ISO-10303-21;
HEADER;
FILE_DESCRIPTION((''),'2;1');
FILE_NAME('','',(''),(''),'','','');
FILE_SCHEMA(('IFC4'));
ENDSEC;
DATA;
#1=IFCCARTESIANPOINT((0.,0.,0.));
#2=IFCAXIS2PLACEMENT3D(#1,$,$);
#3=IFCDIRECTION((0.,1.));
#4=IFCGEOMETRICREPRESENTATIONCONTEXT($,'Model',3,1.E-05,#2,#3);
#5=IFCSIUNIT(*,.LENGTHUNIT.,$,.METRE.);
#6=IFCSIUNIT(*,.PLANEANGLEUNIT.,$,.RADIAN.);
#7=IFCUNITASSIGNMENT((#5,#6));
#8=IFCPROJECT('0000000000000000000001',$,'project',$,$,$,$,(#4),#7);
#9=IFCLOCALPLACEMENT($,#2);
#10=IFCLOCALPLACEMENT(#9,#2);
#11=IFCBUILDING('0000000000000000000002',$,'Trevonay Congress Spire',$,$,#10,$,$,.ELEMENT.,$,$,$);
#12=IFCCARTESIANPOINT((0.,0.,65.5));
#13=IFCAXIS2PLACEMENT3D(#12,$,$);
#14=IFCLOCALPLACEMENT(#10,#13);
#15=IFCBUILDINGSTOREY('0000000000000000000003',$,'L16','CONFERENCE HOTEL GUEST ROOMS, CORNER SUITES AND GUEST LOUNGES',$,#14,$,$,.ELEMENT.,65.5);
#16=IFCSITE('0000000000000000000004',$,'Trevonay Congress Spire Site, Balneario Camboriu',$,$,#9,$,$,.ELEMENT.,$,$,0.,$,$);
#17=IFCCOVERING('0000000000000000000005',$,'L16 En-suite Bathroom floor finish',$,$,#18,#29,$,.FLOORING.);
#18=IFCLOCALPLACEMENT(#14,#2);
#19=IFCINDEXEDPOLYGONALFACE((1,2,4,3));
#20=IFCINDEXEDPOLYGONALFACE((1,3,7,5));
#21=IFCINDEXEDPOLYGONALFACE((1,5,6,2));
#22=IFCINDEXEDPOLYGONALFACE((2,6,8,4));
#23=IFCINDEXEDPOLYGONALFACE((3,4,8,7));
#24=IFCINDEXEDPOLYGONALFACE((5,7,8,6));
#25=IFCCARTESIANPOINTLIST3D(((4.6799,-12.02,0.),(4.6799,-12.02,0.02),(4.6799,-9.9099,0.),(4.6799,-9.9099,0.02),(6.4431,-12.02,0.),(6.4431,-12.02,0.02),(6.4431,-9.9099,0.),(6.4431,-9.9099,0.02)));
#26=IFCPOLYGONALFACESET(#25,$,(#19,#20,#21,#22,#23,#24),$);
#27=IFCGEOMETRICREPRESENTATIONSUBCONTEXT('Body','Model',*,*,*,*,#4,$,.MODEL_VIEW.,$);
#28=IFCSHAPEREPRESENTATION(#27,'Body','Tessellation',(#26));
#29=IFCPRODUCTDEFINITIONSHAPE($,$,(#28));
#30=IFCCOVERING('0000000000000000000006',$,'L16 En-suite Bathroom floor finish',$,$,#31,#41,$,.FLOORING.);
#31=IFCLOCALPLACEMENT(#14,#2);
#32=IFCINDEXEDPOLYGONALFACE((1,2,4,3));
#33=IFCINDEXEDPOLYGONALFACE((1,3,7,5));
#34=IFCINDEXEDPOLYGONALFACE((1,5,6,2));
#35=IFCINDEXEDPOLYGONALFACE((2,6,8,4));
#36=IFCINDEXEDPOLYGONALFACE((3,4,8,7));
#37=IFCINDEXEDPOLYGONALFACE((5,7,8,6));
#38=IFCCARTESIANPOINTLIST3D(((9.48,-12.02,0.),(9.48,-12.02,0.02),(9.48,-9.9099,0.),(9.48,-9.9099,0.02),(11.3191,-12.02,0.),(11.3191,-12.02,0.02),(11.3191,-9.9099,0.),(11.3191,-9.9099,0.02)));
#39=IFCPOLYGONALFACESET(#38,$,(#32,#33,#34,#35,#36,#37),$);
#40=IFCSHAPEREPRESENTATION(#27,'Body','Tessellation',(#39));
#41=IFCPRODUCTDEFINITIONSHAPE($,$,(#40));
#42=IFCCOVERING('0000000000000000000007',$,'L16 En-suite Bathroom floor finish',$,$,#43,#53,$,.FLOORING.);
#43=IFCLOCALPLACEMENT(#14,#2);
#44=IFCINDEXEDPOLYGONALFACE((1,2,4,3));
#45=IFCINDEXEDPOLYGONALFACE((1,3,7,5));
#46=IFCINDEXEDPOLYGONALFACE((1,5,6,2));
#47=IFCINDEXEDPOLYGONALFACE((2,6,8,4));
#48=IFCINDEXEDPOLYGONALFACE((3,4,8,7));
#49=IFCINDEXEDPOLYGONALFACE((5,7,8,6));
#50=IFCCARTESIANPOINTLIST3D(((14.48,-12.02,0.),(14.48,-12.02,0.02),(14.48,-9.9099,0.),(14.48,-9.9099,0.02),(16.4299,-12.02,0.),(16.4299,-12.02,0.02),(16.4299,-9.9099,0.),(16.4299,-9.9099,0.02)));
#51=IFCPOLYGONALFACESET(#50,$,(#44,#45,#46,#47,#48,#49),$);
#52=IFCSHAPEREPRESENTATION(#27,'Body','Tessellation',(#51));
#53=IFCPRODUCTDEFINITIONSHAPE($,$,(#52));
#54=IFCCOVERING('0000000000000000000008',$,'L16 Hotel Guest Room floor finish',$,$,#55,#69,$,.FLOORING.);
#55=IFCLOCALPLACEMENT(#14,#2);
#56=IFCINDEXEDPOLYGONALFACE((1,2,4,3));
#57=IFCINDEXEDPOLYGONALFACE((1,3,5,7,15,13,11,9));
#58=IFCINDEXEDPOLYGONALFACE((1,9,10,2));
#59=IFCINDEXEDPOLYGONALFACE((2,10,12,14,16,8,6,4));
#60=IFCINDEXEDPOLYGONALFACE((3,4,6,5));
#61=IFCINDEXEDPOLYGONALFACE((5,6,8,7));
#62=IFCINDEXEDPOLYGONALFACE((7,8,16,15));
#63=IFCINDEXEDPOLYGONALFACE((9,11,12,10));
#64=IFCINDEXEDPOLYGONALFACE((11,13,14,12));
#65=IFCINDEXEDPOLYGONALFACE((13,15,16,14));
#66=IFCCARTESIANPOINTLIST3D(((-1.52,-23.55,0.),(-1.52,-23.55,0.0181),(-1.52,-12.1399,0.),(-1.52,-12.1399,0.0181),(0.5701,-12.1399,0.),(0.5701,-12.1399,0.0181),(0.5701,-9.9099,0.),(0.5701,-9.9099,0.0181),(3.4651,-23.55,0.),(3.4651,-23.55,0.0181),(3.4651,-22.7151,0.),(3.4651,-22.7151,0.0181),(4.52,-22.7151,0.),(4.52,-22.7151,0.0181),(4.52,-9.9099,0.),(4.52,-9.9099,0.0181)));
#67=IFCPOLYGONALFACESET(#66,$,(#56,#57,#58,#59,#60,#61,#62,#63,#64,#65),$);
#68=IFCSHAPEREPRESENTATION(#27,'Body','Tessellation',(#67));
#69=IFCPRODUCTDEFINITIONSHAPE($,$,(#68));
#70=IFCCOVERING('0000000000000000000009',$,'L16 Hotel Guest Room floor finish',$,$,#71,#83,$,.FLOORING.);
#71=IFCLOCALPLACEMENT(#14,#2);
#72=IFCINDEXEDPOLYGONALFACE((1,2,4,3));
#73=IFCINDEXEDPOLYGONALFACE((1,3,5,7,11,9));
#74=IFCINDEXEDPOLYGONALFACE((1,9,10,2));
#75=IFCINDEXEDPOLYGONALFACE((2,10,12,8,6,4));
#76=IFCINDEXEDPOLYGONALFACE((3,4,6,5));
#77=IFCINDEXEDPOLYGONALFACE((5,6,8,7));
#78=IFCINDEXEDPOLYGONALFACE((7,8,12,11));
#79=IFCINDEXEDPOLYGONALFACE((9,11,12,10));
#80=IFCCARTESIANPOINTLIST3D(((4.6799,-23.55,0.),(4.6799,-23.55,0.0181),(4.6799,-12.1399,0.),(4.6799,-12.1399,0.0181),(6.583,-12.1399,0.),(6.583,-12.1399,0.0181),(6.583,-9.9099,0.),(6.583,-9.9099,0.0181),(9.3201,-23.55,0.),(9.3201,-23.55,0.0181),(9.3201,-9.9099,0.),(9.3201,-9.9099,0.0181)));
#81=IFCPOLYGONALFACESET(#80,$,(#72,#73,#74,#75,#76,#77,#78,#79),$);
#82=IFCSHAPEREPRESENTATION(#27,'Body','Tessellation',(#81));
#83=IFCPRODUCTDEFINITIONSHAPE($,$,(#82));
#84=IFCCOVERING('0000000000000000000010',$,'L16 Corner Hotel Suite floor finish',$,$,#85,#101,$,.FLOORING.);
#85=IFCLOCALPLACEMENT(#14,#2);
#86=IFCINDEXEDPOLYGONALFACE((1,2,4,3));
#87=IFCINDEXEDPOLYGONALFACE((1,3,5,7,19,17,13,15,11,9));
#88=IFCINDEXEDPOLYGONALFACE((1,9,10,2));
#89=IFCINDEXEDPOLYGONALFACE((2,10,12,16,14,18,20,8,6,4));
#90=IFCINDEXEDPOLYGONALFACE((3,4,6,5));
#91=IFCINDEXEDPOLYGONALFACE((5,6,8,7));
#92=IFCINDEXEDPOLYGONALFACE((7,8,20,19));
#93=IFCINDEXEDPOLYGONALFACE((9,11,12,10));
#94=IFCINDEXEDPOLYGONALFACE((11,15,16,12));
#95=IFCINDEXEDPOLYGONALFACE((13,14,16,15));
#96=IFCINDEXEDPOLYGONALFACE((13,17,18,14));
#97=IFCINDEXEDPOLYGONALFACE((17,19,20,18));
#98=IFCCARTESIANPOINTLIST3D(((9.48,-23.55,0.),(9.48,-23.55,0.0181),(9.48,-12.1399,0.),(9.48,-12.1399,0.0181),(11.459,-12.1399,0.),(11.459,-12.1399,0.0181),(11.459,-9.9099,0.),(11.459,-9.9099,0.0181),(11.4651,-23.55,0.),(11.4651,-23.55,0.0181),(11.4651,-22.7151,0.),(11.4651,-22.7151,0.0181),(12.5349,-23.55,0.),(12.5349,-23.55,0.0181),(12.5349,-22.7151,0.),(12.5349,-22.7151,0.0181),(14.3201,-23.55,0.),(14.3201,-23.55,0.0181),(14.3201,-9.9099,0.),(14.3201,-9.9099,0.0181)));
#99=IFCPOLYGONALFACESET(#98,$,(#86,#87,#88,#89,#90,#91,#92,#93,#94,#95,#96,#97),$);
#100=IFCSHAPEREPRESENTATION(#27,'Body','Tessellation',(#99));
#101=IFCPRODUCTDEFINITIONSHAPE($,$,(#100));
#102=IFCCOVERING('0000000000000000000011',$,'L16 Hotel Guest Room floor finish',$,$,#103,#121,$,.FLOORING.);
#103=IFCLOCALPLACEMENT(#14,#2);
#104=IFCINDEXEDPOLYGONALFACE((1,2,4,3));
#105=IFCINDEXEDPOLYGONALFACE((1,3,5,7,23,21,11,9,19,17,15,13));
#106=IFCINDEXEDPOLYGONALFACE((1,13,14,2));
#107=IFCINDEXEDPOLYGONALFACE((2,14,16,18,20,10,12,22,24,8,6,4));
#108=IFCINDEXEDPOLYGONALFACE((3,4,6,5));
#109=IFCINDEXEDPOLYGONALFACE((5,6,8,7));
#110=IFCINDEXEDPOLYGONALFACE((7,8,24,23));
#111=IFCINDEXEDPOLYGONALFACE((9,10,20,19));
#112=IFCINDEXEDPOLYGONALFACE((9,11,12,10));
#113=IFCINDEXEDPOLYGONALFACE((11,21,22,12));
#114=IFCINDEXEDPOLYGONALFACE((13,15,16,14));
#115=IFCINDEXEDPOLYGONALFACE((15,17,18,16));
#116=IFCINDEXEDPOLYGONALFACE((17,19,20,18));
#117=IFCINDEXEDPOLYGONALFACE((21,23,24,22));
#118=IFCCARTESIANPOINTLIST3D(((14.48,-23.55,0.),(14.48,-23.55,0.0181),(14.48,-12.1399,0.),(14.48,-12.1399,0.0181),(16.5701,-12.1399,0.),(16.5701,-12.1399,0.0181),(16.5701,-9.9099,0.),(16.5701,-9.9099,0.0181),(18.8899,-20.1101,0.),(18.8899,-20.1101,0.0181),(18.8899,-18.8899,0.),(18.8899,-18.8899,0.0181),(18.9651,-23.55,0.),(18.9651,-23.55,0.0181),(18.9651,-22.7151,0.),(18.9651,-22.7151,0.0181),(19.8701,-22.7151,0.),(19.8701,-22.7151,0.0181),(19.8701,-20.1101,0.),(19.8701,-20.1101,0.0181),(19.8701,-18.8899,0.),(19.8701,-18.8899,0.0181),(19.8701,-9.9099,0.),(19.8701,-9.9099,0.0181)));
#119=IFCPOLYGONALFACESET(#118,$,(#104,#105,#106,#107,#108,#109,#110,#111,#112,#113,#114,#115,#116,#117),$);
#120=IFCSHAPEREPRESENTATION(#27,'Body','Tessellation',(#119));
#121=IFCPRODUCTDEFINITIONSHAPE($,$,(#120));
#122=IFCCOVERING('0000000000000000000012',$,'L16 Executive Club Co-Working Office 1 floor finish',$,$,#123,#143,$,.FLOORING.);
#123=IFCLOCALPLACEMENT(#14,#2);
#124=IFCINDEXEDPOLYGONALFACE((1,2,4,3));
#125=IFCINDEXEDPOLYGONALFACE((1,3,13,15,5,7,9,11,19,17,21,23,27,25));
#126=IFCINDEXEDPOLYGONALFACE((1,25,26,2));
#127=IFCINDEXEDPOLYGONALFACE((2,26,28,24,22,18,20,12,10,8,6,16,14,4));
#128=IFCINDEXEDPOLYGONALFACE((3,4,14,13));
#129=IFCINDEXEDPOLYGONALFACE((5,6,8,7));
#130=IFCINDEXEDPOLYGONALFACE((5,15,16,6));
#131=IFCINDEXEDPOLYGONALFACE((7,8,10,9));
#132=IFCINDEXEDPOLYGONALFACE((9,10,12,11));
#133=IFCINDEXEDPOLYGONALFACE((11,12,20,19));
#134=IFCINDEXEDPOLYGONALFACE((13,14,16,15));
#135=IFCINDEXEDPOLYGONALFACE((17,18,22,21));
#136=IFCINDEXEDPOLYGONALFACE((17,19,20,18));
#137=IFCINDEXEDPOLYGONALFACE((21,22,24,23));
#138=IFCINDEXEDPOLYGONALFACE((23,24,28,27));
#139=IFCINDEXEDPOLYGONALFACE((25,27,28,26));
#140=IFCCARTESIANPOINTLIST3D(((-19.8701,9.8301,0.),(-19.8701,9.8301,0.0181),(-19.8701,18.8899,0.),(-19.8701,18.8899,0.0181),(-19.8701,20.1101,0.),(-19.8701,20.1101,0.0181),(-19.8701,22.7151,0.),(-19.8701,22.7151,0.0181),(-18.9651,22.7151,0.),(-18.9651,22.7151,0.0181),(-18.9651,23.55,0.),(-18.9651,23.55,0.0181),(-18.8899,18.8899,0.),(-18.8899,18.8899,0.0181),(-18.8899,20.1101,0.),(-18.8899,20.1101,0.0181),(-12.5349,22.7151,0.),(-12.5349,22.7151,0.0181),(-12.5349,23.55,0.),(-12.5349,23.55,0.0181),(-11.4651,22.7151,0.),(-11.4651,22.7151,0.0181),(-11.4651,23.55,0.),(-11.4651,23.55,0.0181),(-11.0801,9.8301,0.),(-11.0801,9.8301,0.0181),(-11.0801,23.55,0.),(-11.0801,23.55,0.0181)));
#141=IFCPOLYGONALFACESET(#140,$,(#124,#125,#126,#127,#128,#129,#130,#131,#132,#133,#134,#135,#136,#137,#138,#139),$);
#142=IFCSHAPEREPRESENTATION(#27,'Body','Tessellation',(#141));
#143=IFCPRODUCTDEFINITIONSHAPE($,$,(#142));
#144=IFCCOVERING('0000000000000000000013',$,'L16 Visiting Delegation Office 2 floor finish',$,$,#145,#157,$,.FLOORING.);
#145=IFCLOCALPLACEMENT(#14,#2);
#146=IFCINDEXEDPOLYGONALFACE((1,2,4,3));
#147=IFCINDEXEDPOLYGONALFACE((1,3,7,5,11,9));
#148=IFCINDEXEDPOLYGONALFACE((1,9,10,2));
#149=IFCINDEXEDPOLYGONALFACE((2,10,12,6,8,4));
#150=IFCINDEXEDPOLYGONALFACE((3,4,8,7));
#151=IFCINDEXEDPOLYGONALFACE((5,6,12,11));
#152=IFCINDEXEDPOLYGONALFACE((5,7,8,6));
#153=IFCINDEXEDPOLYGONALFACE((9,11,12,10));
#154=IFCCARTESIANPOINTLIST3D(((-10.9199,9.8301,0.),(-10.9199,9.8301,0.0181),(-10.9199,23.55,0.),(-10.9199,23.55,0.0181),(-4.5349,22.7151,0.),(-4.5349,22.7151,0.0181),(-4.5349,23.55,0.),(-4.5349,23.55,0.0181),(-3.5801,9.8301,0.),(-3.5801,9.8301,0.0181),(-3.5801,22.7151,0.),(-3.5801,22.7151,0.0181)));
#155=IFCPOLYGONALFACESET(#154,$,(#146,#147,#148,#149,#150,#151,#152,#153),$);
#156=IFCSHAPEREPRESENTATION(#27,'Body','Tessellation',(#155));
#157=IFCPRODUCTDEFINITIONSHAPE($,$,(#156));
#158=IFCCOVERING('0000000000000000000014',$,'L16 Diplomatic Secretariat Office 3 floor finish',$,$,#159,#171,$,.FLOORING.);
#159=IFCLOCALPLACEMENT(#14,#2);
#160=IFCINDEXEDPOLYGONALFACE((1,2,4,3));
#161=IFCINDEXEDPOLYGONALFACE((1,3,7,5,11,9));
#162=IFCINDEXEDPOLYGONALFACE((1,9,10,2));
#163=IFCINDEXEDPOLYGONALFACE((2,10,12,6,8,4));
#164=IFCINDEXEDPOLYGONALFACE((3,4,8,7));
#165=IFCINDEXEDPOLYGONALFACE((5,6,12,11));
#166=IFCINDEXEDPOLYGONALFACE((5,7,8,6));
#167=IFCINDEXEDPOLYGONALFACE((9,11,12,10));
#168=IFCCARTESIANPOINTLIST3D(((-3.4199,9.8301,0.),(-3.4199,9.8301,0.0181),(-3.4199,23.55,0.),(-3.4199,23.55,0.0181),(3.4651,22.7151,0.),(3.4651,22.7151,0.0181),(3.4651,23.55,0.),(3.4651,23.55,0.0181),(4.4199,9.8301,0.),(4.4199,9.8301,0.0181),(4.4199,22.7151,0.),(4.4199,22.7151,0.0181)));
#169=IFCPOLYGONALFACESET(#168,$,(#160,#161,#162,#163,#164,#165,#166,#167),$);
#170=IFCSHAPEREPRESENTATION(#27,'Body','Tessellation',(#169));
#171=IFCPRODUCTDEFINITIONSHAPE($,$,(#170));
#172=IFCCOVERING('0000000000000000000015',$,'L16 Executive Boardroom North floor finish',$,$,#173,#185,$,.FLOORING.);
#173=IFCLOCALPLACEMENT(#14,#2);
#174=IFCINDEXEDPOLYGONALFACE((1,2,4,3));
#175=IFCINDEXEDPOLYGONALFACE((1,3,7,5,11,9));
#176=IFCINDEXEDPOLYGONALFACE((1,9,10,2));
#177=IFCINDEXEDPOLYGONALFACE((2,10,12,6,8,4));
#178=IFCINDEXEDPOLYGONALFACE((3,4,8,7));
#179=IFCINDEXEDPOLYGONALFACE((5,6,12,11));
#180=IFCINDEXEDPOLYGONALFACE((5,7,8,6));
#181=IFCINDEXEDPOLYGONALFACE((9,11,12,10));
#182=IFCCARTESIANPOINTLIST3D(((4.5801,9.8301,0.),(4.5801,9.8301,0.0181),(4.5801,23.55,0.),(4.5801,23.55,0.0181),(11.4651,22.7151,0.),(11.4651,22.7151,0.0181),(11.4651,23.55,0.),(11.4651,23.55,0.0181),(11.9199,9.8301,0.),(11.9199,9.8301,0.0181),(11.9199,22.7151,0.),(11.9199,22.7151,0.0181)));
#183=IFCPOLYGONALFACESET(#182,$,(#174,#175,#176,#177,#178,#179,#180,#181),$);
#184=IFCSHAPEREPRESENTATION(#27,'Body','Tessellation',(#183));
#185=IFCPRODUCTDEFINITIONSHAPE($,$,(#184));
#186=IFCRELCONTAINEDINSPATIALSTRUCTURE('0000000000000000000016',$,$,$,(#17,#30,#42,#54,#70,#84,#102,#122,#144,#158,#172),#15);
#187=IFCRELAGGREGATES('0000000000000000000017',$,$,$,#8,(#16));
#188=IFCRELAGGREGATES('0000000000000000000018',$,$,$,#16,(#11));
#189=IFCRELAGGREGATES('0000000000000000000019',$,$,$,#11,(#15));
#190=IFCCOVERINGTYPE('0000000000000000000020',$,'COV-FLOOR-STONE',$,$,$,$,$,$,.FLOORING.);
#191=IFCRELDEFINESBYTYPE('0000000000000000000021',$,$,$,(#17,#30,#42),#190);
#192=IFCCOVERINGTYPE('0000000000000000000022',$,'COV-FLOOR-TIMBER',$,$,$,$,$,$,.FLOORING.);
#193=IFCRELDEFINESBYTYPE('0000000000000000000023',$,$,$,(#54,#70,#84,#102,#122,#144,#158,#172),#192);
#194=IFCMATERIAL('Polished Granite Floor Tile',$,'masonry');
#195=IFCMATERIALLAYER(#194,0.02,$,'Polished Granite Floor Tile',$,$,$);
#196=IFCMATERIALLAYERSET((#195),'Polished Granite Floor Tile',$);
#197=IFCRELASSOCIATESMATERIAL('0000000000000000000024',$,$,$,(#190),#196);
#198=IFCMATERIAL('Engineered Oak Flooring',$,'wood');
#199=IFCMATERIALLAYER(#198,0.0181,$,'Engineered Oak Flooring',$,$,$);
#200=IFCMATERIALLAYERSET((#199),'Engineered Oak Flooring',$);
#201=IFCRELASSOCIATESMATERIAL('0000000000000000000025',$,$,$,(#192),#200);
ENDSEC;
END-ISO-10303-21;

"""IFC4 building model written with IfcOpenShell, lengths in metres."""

from ifc_helpers import new_model, si_unit, direction, frame, origin, place, context, subcontext, project, spatial, polyline, outline, extrude, material, layer, layer_set, type_object, element, save


model = new_model("IFC4")

# Units and contexts
model_context = context("Model", 3, precision=1e-05, world=origin(), true_north=direction((0.0, 1.0)))
body_context = subcontext(model_context, "Body", "Model", "MODEL_VIEW")
ifc_project = project(units=[si_unit("LENGTHUNIT", "METRE"), si_unit("PLANEANGLEUNIT", "RADIAN")], contexts=[model_context])

# Site, building, storey
site_placement = place(None, origin())
site = spatial("IfcSite", under=ifc_project, at=site_placement, Name="Trevonay Congress Spire Site, Balneario Camboriu", CompositionType="ELEMENT", RefElevation=0.0)
building_placement = place(site_placement, origin())
building = spatial("IfcBuilding", under=site, at=building_placement, Name="Trevonay Congress Spire", CompositionType="ELEMENT")
storey_placement = place(building_placement, frame((0.0, 0.0, 65.5)))
storey = spatial("IfcBuildingStorey", under=building, at=storey_placement, Name="L16", Description="CONFERENCE HOTEL GUEST ROOMS, CORNER SUITES AND GUEST LOUNGES", CompositionType="ELEMENT", Elevation=65.5)

# Coverings
ifc_material_1 = material(Name="Polished Granite Floor Tile", Category="masonry")
ifc_layer_1 = layer(ifc_material_1, 0.02, Name="Polished Granite Floor Tile")
ifc_layer_set_1 = layer_set([ifc_layer_1], Name="Polished Granite Floor Tile")
covering_type_1 = type_object("IfcCoveringType", Name="COV-FLOOR-STONE", PredefinedType="FLOORING", material=ifc_layer_set_1)
covering_1_placement = place(storey_placement, origin())
element("IfcCovering", 1, at=covering_1_placement, inside=storey, type_object=covering_type_1, Name="L16 En-suite Bathroom floor finish", PredefinedType="FLOORING", context=body_context, shape_type="SweptSolid", body=[
    extrude(outline(polyline([(4.6799, -12.02), (6.4431, -12.02), (6.4431, -9.9099), (4.6799, -9.9099), (4.6799, -12.02)])), origin(), (0.0, 0.0, 1.0), 0.02),
])
covering_2_placement = place(storey_placement, origin())
element("IfcCovering", 2, at=covering_2_placement, inside=storey, type_object=covering_type_1, Name="L16 En-suite Bathroom floor finish", PredefinedType="FLOORING", context=body_context, shape_type="SweptSolid", body=[
    extrude(outline(polyline([(9.48, -12.02), (11.3191, -12.02), (11.3191, -9.9099), (9.48, -9.9099), (9.48, -12.02)])), origin(), (0.0, 0.0, 1.0), 0.02),
])
covering_3_placement = place(storey_placement, origin())
element("IfcCovering", 3, at=covering_3_placement, inside=storey, type_object=covering_type_1, Name="L16 En-suite Bathroom floor finish", PredefinedType="FLOORING", context=body_context, shape_type="SweptSolid", body=[
    extrude(outline(polyline([(14.48, -12.02), (16.4299, -12.02), (16.4299, -9.9099), (14.48, -9.9099), (14.48, -12.02)])), origin(), (0.0, 0.0, 1.0), 0.02),
])
ifc_material_2 = material(Name="Engineered Oak Flooring", Category="wood")
ifc_layer_2 = layer(ifc_material_2, 0.0181, Name="Engineered Oak Flooring")
ifc_layer_set_2 = layer_set([ifc_layer_2], Name="Engineered Oak Flooring")
covering_type_2 = type_object("IfcCoveringType", Name="COV-FLOOR-TIMBER", PredefinedType="FLOORING", material=ifc_layer_set_2)
covering_4_placement = place(storey_placement, origin())
element("IfcCovering", 4, at=covering_4_placement, inside=storey, type_object=covering_type_2, Name="L16 Hotel Guest Room floor finish", PredefinedType="FLOORING", context=body_context, shape_type="SweptSolid", body=[
    extrude(outline(polyline([(-1.52, -23.55), (-1.52, -12.1399), (0.5701, -12.1399), (0.5701, -9.9099), (4.52, -9.9099), (4.52, -22.7151), (3.4651, -22.7151), (3.4651, -23.55), (-1.52, -23.55)])), origin(), (0.0, 0.0, 1.0), 0.0181),
])
covering_5_placement = place(storey_placement, origin())
element("IfcCovering", 5, at=covering_5_placement, inside=storey, type_object=covering_type_2, Name="L16 Hotel Guest Room floor finish", PredefinedType="FLOORING", context=body_context, shape_type="SweptSolid", body=[
    extrude(outline(polyline([(4.6799, -23.55), (9.3201, -23.55), (9.3201, -9.9099), (6.583, -9.9099), (6.583, -12.1399), (4.6799, -12.1399), (4.6799, -23.55)])), origin(), (0.0, 0.0, 1.0), 0.0181),
])
covering_6_placement = place(storey_placement, origin())
element("IfcCovering", 6, at=covering_6_placement, inside=storey, type_object=covering_type_2, Name="L16 Corner Hotel Suite floor finish", PredefinedType="FLOORING", context=body_context, shape_type="SweptSolid", body=[
    extrude(outline(polyline([(9.48, -23.55), (9.48, -12.1399), (11.459, -12.1399), (11.459, -9.9099), (14.3201, -9.9099), (14.3201, -23.55), (12.5349, -23.55), (12.5349, -22.7151), (11.4651, -22.7151), (11.4651, -23.55), (9.48, -23.55)])), origin(), (0.0, 0.0, 1.0), 0.0181),
])
covering_7_placement = place(storey_placement, origin())
element("IfcCovering", 7, at=covering_7_placement, inside=storey, type_object=covering_type_2, Name="L16 Hotel Guest Room floor finish", PredefinedType="FLOORING", context=body_context, shape_type="SweptSolid", body=[
    extrude(outline(polyline([(14.48, -23.55), (14.48, -12.1399), (16.5701, -12.1399), (16.5701, -9.9099), (19.8701, -9.9099), (19.8701, -18.8899), (18.8899, -18.8899), (18.8899, -20.1101), (19.8701, -20.1101), (19.8701, -22.7151), (18.9651, -22.7151), (18.9651, -23.55), (14.48, -23.55)])), origin(), (0.0, 0.0, 1.0), 0.0181),
])
covering_8_placement = place(storey_placement, origin())
element("IfcCovering", 8, at=covering_8_placement, inside=storey, type_object=covering_type_2, Name="L16 Executive Club Co-Working Office 1 floor finish", PredefinedType="FLOORING", context=body_context, shape_type="SweptSolid", body=[
    extrude(outline(polyline([(-11.0801, 23.55), (-11.0801, 9.8301), (-19.8701, 9.8301), (-19.8701, 18.8899), (-18.8899, 18.8899), (-18.8899, 20.1101), (-19.8701, 20.1101), (-19.8701, 22.7151), (-18.9651, 22.7151), (-18.9651, 23.55), (-12.5349, 23.55), (-12.5349, 22.7151), (-11.4651, 22.7151), (-11.4651, 23.55), (-11.0801, 23.55)])), origin(), (0.0, 0.0, 1.0), 0.0181),
])
covering_9_placement = place(storey_placement, origin())
element("IfcCovering", 9, at=covering_9_placement, inside=storey, type_object=covering_type_2, Name="L16 Visiting Delegation Office 2 floor finish", PredefinedType="FLOORING", context=body_context, shape_type="SweptSolid", body=[
    extrude(outline(polyline([(-3.5801, 9.8301), (-10.9199, 9.8301), (-10.9199, 23.55), (-4.5349, 23.55), (-4.5349, 22.7151), (-3.5801, 22.7151), (-3.5801, 9.8301)])), origin(), (0.0, 0.0, 1.0), 0.0181),
])
covering_10_placement = place(storey_placement, origin())
element("IfcCovering", 10, at=covering_10_placement, inside=storey, type_object=covering_type_2, Name="L16 Diplomatic Secretariat Office 3 floor finish", PredefinedType="FLOORING", context=body_context, shape_type="SweptSolid", body=[
    extrude(outline(polyline([(4.4199, 9.8301), (-3.4199, 9.8301), (-3.4199, 23.55), (3.4651, 23.55), (3.4651, 22.7151), (4.4199, 22.7151), (4.4199, 9.8301)])), origin(), (0.0, 0.0, 1.0), 0.0181),
])
covering_11_placement = place(storey_placement, origin())
element("IfcCovering", 11, at=covering_11_placement, inside=storey, type_object=covering_type_2, Name="L16 Executive Boardroom North floor finish", PredefinedType="FLOORING", context=body_context, shape_type="SweptSolid", body=[
    extrude(outline(polyline([(11.9199, 9.8301), (4.5801, 9.8301), (4.5801, 23.55), (11.4651, 23.55), (11.4651, 22.7151), (11.9199, 22.7151), (11.9199, 9.8301)])), origin(), (0.0, 0.0, 1.0), 0.0181),
])

save(model, "model.ifc")
